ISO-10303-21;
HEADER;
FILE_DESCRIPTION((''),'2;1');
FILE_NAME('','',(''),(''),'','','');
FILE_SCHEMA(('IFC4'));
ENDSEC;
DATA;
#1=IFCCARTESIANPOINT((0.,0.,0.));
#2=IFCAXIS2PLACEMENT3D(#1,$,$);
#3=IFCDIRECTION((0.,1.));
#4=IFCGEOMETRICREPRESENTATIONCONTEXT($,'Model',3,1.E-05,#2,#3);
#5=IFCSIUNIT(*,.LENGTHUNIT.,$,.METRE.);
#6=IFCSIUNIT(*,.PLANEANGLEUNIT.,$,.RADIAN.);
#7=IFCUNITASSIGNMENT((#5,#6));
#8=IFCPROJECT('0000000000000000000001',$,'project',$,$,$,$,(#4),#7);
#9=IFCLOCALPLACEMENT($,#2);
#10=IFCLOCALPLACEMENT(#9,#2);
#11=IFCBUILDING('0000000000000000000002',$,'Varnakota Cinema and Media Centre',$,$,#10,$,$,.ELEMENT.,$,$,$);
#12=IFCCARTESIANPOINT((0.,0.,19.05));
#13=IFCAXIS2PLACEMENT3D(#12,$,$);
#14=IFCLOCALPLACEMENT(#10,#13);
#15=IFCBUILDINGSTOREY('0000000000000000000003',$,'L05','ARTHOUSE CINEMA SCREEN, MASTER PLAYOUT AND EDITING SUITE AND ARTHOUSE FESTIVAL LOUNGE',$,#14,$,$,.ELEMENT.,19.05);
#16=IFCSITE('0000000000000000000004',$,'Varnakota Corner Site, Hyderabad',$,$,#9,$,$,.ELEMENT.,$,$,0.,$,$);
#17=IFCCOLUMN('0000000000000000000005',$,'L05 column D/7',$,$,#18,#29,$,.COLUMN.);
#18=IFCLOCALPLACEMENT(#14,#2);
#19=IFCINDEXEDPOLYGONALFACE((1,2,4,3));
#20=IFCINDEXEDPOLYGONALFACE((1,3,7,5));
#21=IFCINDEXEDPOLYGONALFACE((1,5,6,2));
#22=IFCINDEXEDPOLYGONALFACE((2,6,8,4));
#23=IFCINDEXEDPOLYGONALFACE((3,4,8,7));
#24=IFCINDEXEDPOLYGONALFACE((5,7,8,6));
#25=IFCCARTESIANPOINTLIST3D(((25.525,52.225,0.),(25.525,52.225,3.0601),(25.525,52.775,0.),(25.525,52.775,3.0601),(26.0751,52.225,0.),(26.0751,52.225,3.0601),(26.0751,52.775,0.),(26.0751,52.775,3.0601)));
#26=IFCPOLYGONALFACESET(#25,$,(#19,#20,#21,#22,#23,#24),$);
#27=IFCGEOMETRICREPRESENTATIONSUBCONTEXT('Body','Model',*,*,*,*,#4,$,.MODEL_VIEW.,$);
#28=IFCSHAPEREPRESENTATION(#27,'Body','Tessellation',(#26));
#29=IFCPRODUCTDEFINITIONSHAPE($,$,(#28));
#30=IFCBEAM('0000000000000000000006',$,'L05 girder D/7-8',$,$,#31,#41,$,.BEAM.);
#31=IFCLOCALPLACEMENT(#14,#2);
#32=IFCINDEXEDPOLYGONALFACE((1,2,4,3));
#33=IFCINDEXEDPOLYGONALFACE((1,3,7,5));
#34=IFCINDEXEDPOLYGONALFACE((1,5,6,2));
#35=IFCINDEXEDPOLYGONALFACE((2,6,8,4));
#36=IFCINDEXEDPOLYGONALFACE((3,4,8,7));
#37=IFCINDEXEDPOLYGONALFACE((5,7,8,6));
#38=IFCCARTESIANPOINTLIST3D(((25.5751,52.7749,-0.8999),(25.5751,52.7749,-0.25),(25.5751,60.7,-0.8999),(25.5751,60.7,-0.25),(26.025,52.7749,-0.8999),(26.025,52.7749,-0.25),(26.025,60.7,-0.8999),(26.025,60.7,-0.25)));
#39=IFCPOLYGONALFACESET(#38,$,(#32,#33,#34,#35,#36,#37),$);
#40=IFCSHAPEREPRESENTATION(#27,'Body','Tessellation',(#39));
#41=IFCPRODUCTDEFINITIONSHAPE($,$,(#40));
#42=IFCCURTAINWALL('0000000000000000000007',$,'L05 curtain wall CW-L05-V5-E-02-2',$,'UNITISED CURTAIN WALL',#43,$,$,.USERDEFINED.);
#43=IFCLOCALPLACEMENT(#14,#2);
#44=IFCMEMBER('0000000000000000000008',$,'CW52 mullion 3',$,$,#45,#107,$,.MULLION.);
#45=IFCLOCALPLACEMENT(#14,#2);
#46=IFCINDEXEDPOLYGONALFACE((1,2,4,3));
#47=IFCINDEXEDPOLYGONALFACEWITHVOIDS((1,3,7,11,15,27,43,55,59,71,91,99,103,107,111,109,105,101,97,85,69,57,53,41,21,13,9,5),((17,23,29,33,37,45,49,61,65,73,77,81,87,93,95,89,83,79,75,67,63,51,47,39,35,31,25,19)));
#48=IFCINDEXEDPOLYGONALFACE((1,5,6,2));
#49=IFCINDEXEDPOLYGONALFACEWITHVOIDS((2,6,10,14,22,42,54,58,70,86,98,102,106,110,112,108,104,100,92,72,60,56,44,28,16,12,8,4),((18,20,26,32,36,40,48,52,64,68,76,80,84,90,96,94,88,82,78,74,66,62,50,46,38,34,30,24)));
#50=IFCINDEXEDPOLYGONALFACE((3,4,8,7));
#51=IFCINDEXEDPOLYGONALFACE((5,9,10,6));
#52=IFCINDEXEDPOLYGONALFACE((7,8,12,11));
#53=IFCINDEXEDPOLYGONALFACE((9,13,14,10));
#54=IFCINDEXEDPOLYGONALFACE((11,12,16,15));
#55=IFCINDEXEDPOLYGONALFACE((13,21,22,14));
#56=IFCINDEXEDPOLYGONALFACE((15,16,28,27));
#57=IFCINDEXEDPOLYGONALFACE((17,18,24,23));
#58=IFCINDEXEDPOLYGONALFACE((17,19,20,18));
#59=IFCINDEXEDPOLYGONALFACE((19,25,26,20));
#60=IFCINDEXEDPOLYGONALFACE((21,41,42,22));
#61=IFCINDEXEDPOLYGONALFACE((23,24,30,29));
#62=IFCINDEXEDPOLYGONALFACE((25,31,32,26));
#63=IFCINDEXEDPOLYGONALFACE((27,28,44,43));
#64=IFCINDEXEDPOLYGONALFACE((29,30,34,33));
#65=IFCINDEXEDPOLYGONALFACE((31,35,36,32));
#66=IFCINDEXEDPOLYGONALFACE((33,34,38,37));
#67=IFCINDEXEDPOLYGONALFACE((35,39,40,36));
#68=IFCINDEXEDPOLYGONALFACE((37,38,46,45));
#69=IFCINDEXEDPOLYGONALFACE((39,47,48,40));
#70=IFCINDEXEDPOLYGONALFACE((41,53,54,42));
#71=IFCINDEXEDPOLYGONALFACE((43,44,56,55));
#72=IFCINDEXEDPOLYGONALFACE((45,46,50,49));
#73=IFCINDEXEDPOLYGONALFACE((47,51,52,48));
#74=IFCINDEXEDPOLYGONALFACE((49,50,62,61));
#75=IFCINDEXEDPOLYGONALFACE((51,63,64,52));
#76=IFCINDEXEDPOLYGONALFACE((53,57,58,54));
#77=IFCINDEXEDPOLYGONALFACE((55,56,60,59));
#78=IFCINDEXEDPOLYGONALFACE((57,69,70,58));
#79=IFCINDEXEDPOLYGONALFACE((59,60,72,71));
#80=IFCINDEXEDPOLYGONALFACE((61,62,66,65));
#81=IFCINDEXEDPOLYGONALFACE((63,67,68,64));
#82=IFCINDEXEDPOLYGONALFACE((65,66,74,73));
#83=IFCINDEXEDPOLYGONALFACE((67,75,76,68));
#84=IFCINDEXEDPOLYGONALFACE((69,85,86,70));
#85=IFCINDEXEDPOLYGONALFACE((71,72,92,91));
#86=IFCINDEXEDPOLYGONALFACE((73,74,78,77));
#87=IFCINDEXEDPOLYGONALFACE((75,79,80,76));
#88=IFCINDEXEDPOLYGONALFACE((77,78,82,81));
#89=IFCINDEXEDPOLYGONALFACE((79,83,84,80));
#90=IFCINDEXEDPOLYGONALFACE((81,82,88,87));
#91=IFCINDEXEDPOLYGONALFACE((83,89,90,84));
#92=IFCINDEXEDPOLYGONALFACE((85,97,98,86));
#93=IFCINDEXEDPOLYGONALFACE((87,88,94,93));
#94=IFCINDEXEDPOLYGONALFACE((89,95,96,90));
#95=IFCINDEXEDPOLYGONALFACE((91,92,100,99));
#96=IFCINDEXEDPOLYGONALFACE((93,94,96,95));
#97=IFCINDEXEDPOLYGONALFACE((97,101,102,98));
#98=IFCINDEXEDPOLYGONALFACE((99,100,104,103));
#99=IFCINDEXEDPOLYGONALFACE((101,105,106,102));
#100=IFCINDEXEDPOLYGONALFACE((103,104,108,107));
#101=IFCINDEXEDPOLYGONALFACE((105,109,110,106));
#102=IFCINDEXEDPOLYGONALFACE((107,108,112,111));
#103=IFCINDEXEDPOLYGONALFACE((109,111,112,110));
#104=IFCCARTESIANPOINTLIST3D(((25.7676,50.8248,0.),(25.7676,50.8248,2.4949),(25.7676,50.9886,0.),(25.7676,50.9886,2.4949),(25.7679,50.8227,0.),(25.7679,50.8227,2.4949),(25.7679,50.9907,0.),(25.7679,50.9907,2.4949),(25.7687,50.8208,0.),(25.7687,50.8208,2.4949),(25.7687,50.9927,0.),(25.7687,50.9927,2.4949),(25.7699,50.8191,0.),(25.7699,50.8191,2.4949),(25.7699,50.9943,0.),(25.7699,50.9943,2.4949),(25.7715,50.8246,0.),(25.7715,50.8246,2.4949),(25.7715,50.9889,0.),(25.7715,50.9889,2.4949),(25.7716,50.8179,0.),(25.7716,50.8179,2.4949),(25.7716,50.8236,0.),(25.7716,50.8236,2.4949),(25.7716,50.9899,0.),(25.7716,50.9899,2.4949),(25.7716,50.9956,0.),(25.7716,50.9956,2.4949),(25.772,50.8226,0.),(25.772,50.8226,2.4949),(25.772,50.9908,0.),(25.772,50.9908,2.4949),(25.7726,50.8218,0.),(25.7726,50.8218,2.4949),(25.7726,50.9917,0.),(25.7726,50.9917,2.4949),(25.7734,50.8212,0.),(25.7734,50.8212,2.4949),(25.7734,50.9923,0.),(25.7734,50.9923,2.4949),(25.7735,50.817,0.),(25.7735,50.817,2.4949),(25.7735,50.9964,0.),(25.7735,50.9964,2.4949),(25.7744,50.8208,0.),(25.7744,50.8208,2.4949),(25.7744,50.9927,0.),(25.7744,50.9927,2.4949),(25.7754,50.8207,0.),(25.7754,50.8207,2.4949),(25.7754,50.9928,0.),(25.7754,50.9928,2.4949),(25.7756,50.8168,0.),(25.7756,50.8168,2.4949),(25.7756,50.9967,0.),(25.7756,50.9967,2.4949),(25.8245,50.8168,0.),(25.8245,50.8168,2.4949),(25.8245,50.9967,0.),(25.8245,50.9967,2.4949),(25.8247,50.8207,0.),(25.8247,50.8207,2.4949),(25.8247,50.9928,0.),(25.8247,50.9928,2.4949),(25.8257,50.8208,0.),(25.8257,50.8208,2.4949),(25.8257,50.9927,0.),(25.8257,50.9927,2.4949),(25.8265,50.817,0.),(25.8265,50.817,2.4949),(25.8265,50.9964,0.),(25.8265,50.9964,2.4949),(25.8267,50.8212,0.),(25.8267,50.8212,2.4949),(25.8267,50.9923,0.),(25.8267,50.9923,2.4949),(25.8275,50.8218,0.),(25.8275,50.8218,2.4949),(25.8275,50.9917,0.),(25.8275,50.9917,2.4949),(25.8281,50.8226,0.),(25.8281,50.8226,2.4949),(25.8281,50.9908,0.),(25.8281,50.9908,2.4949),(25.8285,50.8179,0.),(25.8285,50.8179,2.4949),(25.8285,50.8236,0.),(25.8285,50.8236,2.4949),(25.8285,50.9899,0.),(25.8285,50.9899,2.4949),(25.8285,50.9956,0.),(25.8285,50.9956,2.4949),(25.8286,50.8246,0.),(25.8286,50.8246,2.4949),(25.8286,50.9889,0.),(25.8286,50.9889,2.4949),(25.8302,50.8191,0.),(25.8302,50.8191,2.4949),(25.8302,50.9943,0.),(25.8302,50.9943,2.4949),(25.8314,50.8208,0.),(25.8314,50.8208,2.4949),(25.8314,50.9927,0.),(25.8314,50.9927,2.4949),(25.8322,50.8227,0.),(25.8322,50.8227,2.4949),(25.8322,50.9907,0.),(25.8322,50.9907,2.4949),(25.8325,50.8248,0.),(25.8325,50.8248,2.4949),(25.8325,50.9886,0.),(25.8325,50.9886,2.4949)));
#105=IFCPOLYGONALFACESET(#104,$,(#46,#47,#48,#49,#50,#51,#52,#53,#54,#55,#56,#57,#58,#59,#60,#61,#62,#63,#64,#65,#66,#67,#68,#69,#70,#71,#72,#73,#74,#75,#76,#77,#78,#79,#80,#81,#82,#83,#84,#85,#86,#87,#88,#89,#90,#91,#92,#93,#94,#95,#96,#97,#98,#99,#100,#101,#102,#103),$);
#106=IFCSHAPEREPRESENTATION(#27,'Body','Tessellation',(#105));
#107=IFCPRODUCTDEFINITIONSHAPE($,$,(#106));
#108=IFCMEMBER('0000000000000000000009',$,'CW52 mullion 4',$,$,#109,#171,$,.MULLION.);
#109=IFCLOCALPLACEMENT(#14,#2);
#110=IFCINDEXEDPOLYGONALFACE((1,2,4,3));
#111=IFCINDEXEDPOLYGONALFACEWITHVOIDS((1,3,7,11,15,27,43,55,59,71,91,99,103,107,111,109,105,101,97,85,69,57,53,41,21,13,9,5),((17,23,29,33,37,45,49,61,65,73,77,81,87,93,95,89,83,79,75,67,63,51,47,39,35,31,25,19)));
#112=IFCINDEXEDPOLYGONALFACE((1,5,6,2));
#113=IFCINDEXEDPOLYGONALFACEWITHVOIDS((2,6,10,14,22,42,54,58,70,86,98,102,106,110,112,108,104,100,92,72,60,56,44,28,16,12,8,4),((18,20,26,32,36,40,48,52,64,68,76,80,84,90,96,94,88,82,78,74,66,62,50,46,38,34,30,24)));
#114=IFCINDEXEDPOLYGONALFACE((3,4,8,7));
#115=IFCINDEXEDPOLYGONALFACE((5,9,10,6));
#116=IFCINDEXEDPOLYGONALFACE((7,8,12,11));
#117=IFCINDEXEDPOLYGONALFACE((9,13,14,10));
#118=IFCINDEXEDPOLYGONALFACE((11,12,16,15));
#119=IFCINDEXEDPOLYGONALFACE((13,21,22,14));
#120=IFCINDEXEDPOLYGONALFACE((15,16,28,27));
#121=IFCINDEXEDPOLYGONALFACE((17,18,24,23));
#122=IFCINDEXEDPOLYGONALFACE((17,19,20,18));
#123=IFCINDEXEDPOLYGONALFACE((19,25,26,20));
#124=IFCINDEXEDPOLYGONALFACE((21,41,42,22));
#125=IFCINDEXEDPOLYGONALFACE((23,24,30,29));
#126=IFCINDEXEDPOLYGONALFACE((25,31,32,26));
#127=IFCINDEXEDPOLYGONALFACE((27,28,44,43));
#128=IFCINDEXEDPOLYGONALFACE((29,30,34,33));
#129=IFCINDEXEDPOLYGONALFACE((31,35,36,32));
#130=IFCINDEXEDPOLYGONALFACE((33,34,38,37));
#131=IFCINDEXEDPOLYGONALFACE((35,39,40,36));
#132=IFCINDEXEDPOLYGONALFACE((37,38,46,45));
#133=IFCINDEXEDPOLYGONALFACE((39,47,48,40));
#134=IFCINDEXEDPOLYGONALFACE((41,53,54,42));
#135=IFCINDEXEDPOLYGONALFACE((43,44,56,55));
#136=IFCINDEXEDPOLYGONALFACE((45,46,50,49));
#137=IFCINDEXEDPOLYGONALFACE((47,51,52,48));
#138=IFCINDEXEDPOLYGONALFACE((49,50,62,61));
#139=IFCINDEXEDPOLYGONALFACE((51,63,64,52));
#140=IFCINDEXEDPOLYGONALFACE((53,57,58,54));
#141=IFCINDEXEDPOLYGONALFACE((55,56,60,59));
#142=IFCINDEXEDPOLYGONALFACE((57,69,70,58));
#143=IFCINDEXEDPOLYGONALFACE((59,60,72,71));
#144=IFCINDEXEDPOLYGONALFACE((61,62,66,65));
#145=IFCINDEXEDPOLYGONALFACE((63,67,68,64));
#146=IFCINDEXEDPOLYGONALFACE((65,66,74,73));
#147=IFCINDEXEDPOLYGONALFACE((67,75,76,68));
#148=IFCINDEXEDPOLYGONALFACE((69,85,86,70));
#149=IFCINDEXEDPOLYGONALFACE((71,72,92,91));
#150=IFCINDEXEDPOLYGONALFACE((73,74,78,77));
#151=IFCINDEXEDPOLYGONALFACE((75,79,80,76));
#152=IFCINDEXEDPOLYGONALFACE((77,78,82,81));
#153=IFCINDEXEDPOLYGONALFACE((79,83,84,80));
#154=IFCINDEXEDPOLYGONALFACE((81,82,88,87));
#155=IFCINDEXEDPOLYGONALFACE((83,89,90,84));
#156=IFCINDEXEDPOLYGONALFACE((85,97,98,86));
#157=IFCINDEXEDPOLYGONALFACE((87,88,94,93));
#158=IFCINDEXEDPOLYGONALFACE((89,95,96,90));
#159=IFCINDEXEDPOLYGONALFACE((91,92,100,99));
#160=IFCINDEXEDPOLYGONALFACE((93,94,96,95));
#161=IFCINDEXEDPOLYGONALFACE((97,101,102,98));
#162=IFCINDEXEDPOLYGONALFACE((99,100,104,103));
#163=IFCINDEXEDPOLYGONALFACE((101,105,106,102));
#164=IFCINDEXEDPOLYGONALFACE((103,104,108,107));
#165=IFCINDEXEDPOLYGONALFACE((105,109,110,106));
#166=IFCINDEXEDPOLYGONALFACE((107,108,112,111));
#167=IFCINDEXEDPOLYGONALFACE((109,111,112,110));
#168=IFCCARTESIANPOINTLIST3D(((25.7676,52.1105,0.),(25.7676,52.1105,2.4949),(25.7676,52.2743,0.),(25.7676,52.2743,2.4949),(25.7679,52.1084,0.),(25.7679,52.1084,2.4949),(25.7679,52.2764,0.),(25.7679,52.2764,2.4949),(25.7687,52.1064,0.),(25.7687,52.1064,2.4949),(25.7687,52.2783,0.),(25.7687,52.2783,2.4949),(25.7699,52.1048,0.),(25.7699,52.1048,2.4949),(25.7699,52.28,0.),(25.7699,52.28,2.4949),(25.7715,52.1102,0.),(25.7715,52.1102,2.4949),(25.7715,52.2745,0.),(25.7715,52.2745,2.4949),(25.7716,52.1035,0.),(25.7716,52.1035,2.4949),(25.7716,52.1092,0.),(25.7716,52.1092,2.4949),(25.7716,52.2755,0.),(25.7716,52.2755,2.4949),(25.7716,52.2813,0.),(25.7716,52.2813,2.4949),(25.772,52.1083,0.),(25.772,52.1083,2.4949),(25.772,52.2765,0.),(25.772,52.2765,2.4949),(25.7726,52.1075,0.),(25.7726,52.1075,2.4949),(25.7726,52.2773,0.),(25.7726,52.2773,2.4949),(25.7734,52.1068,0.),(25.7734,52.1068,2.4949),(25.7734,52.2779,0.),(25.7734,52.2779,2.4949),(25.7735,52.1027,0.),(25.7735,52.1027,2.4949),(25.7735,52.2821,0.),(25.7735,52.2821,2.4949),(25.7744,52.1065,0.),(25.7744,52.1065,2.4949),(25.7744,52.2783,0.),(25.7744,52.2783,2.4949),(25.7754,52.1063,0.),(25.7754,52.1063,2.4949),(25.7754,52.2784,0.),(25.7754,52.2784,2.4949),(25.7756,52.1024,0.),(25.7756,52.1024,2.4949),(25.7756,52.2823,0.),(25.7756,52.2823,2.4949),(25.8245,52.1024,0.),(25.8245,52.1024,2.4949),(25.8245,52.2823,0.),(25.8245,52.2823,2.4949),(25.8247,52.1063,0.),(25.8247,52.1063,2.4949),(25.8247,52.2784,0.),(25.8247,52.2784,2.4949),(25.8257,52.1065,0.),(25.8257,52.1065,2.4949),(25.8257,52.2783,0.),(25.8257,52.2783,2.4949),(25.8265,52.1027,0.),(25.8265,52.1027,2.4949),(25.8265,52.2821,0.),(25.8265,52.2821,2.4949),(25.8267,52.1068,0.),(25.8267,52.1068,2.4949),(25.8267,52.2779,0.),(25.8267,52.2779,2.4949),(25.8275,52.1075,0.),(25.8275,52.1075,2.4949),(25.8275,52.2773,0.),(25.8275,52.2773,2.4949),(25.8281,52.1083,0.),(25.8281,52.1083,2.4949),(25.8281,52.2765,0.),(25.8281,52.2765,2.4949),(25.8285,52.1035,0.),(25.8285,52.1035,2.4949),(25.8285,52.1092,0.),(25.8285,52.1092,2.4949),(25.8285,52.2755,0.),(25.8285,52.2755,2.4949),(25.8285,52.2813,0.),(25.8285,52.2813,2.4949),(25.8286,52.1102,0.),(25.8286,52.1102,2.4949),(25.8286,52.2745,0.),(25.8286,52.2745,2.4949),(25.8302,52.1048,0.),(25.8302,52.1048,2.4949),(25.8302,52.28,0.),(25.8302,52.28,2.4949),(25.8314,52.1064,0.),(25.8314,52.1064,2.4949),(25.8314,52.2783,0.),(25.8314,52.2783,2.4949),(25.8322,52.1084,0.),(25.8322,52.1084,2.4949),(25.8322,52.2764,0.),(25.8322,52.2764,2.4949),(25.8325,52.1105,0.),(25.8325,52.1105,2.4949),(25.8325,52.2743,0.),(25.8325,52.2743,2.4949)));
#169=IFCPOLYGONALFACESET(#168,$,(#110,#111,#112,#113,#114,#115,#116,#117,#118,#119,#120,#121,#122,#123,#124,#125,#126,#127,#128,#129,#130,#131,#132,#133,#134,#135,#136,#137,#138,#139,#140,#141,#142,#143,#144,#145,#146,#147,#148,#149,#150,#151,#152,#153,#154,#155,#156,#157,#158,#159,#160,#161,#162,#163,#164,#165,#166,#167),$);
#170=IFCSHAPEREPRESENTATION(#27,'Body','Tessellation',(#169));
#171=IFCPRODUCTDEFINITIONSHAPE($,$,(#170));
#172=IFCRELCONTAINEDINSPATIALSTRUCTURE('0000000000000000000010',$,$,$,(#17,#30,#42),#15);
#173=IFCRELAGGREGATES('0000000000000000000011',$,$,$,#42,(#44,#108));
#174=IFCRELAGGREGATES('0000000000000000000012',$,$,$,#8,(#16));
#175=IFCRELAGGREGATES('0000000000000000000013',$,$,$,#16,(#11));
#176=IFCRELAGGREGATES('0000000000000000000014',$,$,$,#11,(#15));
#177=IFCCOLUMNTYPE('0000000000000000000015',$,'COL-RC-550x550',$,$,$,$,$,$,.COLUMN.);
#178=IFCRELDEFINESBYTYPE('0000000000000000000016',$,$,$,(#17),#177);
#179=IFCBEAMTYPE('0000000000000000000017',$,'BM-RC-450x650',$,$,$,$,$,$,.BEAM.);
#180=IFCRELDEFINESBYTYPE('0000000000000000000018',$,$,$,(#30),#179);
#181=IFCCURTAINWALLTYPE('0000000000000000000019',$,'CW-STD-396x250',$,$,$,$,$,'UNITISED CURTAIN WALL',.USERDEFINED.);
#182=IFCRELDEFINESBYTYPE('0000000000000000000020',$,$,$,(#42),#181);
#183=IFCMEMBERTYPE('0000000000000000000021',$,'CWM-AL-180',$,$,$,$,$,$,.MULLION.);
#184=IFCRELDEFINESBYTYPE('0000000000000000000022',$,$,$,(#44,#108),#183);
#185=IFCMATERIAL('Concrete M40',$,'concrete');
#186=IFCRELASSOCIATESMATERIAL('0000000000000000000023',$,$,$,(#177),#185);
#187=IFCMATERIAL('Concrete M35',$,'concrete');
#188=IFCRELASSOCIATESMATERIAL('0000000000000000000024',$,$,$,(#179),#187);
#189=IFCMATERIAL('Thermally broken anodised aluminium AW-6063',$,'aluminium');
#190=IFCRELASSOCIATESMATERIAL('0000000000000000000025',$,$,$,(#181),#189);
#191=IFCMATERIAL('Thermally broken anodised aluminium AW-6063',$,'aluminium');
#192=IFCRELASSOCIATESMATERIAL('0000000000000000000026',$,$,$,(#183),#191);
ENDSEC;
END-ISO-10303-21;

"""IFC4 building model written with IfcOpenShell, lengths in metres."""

from ifc_helpers import new_model, si_unit, direction, frame, origin, origin_2d, place, context, subcontext, project, spatial, rectangle, hollow_rectangle, extrude, material, material_profile, profile_set, type_object, element, aggregate, save


model = new_model("IFC4")

# Units and contexts
model_context = context("Model", 3, precision=1e-05, world=origin(), true_north=direction((0.0, 1.0)))
body_context = subcontext(model_context, "Body", "Model", "MODEL_VIEW")
ifc_project = project(units=[si_unit("LENGTHUNIT", "METRE"), si_unit("PLANEANGLEUNIT", "RADIAN")], contexts=[model_context])

# Site, building, storey
site_placement = place(None, origin())
site = spatial("IfcSite", under=ifc_project, at=site_placement, Name="Varnakota Corner Site, Hyderabad", CompositionType="ELEMENT", RefElevation=0.0)
building_placement = place(site_placement, origin())
building = spatial("IfcBuilding", under=site, at=building_placement, Name="Varnakota Cinema and Media Centre", CompositionType="ELEMENT")
storey_placement = place(building_placement, frame((0.0, 0.0, 19.05)))
storey = spatial("IfcBuildingStorey", under=building, at=storey_placement, Name="L05", Description="ARTHOUSE CINEMA SCREEN, MASTER PLAYOUT AND EDITING SUITE AND ARTHOUSE FESTIVAL LOUNGE", CompositionType="ELEMENT", Elevation=19.05)

# Column
ifc_material_1 = material(Name="Concrete M40", Category="concrete")
ifc_material_profile_1 = material_profile(ifc_material_1, rectangle(XDim=0.55, YDim=0.55, at=origin_2d()), Name="RC 550x550")
ifc_profile_set_1 = profile_set([ifc_material_profile_1], Name="Concrete M40")
column_type = type_object("IfcColumnType", Name="COL-RC-550x550", PredefinedType="COLUMN", material=ifc_profile_set_1)
column_placement = place(storey_placement, frame((25.8, 52.5, 0.0), z_axis=(0.0, 0.0, 1.0), x_axis=(1.0, 0.0, 0.0)))
element("IfcColumn", 1, at=column_placement, inside=storey, type_object=column_type, Name="L05 column D/7", PredefinedType="COLUMN", context=body_context, shape_type="SweptSolid", body=[
    extrude(rectangle(XDim=0.55, YDim=0.55, at=origin_2d()), origin(), (0.0, 0.0, 1.0), 3.0601),
])

# Beam
ifc_material_2 = material(Name="Concrete M35", Category="concrete")
ifc_material_profile_2 = material_profile(ifc_material_2, rectangle(XDim=0.45, YDim=0.6499, at=origin_2d()), Name="RCB 450x650")
ifc_profile_set_2 = profile_set([ifc_material_profile_2], Name="Concrete M35")
beam_type = type_object("IfcBeamType", Name="BM-RC-450x650", PredefinedType="BEAM", material=ifc_profile_set_2)
beam_placement = place(storey_placement, frame((25.8, 52.7749, -0.575), z_axis=(0.0, 1.0, 0.0), x_axis=(-1.0, 0.0, 0.0)))
element("IfcBeam", 2, at=beam_placement, inside=storey, type_object=beam_type, Name="L05 girder D/7-8", PredefinedType="BEAM", context=body_context, shape_type="SweptSolid", body=[
    extrude(rectangle(XDim=0.45, YDim=0.6499, at=origin_2d()), origin(), (0.0, 0.0, 1.0), 7.925),
])

# Curtain wall, members
ifc_material_3 = material(Name="Thermally broken anodised aluminium AW-6063", Category="aluminium")
curtain_wall_type_1 = type_object("IfcCurtainWallType", Name="CW-STD-396x250", ElementType="UNITISED CURTAIN WALL", PredefinedType="USERDEFINED", material=ifc_material_3)
curtain_wall_1_placement = place(storey_placement, origin())
curtain_wall_1 = element("IfcCurtainWall", 3, at=curtain_wall_1_placement, inside=storey, type_object=curtain_wall_type_1, Name="L05 curtain wall CW-L05-V5-E-02-2", ObjectType="UNITISED CURTAIN WALL", PredefinedType="USERDEFINED")
ifc_material_4 = material(Name="Thermally broken anodised aluminium AW-6063", Category="aluminium")
ifc_material_profile_3 = material_profile(ifc_material_4, hollow_rectangle(XDim=0.0649, YDim=0.1799, WallThickness=0.0039, InnerFilletRadius=0.0039, OuterFilletRadius=0.0081, at=origin_2d()), Name="AL-MULLION 180x65x4")
ifc_profile_set_3 = profile_set([ifc_material_profile_3], Name="Thermally broken anodised aluminium AW-6063")
member_type_1 = type_object("IfcMemberType", Name="CWM-AL-180", PredefinedType="MULLION", material=ifc_profile_set_3)
member_1_placement = place(storey_placement, frame((25.8, 50.9067, 0.0), z_axis=(0.0, 0.0, 1.0), x_axis=(-1.0, 0.0, 0.0)))
member_1 = element("IfcMember", 4, at=member_1_placement, type_object=member_type_1, Name="CW52 mullion 3", PredefinedType="MULLION", context=body_context, shape_type="SweptSolid", body=[
    extrude(hollow_rectangle(XDim=0.0649, YDim=0.1799, WallThickness=0.0039, InnerFilletRadius=0.0039, OuterFilletRadius=0.0081, at=origin_2d()), origin(), (0.0, 0.0, 1.0), 2.4949),
])
member_2_placement = place(storey_placement, frame((25.8, 52.1924, 0.0), z_axis=(0.0, 0.0, 1.0), x_axis=(-1.0, 0.0, 0.0)))
member_2 = element("IfcMember", 5, at=member_2_placement, type_object=member_type_1, Name="CW52 mullion 4", PredefinedType="MULLION", context=body_context, shape_type="SweptSolid", body=[
    extrude(hollow_rectangle(XDim=0.0649, YDim=0.1799, WallThickness=0.0039, InnerFilletRadius=0.0039, OuterFilletRadius=0.0081, at=origin_2d()), origin(), (0.0, 0.0, 1.0), 2.4949),
])

aggregate(curtain_wall_1, [member_1, member_2])

save(model, "model.ifc")
